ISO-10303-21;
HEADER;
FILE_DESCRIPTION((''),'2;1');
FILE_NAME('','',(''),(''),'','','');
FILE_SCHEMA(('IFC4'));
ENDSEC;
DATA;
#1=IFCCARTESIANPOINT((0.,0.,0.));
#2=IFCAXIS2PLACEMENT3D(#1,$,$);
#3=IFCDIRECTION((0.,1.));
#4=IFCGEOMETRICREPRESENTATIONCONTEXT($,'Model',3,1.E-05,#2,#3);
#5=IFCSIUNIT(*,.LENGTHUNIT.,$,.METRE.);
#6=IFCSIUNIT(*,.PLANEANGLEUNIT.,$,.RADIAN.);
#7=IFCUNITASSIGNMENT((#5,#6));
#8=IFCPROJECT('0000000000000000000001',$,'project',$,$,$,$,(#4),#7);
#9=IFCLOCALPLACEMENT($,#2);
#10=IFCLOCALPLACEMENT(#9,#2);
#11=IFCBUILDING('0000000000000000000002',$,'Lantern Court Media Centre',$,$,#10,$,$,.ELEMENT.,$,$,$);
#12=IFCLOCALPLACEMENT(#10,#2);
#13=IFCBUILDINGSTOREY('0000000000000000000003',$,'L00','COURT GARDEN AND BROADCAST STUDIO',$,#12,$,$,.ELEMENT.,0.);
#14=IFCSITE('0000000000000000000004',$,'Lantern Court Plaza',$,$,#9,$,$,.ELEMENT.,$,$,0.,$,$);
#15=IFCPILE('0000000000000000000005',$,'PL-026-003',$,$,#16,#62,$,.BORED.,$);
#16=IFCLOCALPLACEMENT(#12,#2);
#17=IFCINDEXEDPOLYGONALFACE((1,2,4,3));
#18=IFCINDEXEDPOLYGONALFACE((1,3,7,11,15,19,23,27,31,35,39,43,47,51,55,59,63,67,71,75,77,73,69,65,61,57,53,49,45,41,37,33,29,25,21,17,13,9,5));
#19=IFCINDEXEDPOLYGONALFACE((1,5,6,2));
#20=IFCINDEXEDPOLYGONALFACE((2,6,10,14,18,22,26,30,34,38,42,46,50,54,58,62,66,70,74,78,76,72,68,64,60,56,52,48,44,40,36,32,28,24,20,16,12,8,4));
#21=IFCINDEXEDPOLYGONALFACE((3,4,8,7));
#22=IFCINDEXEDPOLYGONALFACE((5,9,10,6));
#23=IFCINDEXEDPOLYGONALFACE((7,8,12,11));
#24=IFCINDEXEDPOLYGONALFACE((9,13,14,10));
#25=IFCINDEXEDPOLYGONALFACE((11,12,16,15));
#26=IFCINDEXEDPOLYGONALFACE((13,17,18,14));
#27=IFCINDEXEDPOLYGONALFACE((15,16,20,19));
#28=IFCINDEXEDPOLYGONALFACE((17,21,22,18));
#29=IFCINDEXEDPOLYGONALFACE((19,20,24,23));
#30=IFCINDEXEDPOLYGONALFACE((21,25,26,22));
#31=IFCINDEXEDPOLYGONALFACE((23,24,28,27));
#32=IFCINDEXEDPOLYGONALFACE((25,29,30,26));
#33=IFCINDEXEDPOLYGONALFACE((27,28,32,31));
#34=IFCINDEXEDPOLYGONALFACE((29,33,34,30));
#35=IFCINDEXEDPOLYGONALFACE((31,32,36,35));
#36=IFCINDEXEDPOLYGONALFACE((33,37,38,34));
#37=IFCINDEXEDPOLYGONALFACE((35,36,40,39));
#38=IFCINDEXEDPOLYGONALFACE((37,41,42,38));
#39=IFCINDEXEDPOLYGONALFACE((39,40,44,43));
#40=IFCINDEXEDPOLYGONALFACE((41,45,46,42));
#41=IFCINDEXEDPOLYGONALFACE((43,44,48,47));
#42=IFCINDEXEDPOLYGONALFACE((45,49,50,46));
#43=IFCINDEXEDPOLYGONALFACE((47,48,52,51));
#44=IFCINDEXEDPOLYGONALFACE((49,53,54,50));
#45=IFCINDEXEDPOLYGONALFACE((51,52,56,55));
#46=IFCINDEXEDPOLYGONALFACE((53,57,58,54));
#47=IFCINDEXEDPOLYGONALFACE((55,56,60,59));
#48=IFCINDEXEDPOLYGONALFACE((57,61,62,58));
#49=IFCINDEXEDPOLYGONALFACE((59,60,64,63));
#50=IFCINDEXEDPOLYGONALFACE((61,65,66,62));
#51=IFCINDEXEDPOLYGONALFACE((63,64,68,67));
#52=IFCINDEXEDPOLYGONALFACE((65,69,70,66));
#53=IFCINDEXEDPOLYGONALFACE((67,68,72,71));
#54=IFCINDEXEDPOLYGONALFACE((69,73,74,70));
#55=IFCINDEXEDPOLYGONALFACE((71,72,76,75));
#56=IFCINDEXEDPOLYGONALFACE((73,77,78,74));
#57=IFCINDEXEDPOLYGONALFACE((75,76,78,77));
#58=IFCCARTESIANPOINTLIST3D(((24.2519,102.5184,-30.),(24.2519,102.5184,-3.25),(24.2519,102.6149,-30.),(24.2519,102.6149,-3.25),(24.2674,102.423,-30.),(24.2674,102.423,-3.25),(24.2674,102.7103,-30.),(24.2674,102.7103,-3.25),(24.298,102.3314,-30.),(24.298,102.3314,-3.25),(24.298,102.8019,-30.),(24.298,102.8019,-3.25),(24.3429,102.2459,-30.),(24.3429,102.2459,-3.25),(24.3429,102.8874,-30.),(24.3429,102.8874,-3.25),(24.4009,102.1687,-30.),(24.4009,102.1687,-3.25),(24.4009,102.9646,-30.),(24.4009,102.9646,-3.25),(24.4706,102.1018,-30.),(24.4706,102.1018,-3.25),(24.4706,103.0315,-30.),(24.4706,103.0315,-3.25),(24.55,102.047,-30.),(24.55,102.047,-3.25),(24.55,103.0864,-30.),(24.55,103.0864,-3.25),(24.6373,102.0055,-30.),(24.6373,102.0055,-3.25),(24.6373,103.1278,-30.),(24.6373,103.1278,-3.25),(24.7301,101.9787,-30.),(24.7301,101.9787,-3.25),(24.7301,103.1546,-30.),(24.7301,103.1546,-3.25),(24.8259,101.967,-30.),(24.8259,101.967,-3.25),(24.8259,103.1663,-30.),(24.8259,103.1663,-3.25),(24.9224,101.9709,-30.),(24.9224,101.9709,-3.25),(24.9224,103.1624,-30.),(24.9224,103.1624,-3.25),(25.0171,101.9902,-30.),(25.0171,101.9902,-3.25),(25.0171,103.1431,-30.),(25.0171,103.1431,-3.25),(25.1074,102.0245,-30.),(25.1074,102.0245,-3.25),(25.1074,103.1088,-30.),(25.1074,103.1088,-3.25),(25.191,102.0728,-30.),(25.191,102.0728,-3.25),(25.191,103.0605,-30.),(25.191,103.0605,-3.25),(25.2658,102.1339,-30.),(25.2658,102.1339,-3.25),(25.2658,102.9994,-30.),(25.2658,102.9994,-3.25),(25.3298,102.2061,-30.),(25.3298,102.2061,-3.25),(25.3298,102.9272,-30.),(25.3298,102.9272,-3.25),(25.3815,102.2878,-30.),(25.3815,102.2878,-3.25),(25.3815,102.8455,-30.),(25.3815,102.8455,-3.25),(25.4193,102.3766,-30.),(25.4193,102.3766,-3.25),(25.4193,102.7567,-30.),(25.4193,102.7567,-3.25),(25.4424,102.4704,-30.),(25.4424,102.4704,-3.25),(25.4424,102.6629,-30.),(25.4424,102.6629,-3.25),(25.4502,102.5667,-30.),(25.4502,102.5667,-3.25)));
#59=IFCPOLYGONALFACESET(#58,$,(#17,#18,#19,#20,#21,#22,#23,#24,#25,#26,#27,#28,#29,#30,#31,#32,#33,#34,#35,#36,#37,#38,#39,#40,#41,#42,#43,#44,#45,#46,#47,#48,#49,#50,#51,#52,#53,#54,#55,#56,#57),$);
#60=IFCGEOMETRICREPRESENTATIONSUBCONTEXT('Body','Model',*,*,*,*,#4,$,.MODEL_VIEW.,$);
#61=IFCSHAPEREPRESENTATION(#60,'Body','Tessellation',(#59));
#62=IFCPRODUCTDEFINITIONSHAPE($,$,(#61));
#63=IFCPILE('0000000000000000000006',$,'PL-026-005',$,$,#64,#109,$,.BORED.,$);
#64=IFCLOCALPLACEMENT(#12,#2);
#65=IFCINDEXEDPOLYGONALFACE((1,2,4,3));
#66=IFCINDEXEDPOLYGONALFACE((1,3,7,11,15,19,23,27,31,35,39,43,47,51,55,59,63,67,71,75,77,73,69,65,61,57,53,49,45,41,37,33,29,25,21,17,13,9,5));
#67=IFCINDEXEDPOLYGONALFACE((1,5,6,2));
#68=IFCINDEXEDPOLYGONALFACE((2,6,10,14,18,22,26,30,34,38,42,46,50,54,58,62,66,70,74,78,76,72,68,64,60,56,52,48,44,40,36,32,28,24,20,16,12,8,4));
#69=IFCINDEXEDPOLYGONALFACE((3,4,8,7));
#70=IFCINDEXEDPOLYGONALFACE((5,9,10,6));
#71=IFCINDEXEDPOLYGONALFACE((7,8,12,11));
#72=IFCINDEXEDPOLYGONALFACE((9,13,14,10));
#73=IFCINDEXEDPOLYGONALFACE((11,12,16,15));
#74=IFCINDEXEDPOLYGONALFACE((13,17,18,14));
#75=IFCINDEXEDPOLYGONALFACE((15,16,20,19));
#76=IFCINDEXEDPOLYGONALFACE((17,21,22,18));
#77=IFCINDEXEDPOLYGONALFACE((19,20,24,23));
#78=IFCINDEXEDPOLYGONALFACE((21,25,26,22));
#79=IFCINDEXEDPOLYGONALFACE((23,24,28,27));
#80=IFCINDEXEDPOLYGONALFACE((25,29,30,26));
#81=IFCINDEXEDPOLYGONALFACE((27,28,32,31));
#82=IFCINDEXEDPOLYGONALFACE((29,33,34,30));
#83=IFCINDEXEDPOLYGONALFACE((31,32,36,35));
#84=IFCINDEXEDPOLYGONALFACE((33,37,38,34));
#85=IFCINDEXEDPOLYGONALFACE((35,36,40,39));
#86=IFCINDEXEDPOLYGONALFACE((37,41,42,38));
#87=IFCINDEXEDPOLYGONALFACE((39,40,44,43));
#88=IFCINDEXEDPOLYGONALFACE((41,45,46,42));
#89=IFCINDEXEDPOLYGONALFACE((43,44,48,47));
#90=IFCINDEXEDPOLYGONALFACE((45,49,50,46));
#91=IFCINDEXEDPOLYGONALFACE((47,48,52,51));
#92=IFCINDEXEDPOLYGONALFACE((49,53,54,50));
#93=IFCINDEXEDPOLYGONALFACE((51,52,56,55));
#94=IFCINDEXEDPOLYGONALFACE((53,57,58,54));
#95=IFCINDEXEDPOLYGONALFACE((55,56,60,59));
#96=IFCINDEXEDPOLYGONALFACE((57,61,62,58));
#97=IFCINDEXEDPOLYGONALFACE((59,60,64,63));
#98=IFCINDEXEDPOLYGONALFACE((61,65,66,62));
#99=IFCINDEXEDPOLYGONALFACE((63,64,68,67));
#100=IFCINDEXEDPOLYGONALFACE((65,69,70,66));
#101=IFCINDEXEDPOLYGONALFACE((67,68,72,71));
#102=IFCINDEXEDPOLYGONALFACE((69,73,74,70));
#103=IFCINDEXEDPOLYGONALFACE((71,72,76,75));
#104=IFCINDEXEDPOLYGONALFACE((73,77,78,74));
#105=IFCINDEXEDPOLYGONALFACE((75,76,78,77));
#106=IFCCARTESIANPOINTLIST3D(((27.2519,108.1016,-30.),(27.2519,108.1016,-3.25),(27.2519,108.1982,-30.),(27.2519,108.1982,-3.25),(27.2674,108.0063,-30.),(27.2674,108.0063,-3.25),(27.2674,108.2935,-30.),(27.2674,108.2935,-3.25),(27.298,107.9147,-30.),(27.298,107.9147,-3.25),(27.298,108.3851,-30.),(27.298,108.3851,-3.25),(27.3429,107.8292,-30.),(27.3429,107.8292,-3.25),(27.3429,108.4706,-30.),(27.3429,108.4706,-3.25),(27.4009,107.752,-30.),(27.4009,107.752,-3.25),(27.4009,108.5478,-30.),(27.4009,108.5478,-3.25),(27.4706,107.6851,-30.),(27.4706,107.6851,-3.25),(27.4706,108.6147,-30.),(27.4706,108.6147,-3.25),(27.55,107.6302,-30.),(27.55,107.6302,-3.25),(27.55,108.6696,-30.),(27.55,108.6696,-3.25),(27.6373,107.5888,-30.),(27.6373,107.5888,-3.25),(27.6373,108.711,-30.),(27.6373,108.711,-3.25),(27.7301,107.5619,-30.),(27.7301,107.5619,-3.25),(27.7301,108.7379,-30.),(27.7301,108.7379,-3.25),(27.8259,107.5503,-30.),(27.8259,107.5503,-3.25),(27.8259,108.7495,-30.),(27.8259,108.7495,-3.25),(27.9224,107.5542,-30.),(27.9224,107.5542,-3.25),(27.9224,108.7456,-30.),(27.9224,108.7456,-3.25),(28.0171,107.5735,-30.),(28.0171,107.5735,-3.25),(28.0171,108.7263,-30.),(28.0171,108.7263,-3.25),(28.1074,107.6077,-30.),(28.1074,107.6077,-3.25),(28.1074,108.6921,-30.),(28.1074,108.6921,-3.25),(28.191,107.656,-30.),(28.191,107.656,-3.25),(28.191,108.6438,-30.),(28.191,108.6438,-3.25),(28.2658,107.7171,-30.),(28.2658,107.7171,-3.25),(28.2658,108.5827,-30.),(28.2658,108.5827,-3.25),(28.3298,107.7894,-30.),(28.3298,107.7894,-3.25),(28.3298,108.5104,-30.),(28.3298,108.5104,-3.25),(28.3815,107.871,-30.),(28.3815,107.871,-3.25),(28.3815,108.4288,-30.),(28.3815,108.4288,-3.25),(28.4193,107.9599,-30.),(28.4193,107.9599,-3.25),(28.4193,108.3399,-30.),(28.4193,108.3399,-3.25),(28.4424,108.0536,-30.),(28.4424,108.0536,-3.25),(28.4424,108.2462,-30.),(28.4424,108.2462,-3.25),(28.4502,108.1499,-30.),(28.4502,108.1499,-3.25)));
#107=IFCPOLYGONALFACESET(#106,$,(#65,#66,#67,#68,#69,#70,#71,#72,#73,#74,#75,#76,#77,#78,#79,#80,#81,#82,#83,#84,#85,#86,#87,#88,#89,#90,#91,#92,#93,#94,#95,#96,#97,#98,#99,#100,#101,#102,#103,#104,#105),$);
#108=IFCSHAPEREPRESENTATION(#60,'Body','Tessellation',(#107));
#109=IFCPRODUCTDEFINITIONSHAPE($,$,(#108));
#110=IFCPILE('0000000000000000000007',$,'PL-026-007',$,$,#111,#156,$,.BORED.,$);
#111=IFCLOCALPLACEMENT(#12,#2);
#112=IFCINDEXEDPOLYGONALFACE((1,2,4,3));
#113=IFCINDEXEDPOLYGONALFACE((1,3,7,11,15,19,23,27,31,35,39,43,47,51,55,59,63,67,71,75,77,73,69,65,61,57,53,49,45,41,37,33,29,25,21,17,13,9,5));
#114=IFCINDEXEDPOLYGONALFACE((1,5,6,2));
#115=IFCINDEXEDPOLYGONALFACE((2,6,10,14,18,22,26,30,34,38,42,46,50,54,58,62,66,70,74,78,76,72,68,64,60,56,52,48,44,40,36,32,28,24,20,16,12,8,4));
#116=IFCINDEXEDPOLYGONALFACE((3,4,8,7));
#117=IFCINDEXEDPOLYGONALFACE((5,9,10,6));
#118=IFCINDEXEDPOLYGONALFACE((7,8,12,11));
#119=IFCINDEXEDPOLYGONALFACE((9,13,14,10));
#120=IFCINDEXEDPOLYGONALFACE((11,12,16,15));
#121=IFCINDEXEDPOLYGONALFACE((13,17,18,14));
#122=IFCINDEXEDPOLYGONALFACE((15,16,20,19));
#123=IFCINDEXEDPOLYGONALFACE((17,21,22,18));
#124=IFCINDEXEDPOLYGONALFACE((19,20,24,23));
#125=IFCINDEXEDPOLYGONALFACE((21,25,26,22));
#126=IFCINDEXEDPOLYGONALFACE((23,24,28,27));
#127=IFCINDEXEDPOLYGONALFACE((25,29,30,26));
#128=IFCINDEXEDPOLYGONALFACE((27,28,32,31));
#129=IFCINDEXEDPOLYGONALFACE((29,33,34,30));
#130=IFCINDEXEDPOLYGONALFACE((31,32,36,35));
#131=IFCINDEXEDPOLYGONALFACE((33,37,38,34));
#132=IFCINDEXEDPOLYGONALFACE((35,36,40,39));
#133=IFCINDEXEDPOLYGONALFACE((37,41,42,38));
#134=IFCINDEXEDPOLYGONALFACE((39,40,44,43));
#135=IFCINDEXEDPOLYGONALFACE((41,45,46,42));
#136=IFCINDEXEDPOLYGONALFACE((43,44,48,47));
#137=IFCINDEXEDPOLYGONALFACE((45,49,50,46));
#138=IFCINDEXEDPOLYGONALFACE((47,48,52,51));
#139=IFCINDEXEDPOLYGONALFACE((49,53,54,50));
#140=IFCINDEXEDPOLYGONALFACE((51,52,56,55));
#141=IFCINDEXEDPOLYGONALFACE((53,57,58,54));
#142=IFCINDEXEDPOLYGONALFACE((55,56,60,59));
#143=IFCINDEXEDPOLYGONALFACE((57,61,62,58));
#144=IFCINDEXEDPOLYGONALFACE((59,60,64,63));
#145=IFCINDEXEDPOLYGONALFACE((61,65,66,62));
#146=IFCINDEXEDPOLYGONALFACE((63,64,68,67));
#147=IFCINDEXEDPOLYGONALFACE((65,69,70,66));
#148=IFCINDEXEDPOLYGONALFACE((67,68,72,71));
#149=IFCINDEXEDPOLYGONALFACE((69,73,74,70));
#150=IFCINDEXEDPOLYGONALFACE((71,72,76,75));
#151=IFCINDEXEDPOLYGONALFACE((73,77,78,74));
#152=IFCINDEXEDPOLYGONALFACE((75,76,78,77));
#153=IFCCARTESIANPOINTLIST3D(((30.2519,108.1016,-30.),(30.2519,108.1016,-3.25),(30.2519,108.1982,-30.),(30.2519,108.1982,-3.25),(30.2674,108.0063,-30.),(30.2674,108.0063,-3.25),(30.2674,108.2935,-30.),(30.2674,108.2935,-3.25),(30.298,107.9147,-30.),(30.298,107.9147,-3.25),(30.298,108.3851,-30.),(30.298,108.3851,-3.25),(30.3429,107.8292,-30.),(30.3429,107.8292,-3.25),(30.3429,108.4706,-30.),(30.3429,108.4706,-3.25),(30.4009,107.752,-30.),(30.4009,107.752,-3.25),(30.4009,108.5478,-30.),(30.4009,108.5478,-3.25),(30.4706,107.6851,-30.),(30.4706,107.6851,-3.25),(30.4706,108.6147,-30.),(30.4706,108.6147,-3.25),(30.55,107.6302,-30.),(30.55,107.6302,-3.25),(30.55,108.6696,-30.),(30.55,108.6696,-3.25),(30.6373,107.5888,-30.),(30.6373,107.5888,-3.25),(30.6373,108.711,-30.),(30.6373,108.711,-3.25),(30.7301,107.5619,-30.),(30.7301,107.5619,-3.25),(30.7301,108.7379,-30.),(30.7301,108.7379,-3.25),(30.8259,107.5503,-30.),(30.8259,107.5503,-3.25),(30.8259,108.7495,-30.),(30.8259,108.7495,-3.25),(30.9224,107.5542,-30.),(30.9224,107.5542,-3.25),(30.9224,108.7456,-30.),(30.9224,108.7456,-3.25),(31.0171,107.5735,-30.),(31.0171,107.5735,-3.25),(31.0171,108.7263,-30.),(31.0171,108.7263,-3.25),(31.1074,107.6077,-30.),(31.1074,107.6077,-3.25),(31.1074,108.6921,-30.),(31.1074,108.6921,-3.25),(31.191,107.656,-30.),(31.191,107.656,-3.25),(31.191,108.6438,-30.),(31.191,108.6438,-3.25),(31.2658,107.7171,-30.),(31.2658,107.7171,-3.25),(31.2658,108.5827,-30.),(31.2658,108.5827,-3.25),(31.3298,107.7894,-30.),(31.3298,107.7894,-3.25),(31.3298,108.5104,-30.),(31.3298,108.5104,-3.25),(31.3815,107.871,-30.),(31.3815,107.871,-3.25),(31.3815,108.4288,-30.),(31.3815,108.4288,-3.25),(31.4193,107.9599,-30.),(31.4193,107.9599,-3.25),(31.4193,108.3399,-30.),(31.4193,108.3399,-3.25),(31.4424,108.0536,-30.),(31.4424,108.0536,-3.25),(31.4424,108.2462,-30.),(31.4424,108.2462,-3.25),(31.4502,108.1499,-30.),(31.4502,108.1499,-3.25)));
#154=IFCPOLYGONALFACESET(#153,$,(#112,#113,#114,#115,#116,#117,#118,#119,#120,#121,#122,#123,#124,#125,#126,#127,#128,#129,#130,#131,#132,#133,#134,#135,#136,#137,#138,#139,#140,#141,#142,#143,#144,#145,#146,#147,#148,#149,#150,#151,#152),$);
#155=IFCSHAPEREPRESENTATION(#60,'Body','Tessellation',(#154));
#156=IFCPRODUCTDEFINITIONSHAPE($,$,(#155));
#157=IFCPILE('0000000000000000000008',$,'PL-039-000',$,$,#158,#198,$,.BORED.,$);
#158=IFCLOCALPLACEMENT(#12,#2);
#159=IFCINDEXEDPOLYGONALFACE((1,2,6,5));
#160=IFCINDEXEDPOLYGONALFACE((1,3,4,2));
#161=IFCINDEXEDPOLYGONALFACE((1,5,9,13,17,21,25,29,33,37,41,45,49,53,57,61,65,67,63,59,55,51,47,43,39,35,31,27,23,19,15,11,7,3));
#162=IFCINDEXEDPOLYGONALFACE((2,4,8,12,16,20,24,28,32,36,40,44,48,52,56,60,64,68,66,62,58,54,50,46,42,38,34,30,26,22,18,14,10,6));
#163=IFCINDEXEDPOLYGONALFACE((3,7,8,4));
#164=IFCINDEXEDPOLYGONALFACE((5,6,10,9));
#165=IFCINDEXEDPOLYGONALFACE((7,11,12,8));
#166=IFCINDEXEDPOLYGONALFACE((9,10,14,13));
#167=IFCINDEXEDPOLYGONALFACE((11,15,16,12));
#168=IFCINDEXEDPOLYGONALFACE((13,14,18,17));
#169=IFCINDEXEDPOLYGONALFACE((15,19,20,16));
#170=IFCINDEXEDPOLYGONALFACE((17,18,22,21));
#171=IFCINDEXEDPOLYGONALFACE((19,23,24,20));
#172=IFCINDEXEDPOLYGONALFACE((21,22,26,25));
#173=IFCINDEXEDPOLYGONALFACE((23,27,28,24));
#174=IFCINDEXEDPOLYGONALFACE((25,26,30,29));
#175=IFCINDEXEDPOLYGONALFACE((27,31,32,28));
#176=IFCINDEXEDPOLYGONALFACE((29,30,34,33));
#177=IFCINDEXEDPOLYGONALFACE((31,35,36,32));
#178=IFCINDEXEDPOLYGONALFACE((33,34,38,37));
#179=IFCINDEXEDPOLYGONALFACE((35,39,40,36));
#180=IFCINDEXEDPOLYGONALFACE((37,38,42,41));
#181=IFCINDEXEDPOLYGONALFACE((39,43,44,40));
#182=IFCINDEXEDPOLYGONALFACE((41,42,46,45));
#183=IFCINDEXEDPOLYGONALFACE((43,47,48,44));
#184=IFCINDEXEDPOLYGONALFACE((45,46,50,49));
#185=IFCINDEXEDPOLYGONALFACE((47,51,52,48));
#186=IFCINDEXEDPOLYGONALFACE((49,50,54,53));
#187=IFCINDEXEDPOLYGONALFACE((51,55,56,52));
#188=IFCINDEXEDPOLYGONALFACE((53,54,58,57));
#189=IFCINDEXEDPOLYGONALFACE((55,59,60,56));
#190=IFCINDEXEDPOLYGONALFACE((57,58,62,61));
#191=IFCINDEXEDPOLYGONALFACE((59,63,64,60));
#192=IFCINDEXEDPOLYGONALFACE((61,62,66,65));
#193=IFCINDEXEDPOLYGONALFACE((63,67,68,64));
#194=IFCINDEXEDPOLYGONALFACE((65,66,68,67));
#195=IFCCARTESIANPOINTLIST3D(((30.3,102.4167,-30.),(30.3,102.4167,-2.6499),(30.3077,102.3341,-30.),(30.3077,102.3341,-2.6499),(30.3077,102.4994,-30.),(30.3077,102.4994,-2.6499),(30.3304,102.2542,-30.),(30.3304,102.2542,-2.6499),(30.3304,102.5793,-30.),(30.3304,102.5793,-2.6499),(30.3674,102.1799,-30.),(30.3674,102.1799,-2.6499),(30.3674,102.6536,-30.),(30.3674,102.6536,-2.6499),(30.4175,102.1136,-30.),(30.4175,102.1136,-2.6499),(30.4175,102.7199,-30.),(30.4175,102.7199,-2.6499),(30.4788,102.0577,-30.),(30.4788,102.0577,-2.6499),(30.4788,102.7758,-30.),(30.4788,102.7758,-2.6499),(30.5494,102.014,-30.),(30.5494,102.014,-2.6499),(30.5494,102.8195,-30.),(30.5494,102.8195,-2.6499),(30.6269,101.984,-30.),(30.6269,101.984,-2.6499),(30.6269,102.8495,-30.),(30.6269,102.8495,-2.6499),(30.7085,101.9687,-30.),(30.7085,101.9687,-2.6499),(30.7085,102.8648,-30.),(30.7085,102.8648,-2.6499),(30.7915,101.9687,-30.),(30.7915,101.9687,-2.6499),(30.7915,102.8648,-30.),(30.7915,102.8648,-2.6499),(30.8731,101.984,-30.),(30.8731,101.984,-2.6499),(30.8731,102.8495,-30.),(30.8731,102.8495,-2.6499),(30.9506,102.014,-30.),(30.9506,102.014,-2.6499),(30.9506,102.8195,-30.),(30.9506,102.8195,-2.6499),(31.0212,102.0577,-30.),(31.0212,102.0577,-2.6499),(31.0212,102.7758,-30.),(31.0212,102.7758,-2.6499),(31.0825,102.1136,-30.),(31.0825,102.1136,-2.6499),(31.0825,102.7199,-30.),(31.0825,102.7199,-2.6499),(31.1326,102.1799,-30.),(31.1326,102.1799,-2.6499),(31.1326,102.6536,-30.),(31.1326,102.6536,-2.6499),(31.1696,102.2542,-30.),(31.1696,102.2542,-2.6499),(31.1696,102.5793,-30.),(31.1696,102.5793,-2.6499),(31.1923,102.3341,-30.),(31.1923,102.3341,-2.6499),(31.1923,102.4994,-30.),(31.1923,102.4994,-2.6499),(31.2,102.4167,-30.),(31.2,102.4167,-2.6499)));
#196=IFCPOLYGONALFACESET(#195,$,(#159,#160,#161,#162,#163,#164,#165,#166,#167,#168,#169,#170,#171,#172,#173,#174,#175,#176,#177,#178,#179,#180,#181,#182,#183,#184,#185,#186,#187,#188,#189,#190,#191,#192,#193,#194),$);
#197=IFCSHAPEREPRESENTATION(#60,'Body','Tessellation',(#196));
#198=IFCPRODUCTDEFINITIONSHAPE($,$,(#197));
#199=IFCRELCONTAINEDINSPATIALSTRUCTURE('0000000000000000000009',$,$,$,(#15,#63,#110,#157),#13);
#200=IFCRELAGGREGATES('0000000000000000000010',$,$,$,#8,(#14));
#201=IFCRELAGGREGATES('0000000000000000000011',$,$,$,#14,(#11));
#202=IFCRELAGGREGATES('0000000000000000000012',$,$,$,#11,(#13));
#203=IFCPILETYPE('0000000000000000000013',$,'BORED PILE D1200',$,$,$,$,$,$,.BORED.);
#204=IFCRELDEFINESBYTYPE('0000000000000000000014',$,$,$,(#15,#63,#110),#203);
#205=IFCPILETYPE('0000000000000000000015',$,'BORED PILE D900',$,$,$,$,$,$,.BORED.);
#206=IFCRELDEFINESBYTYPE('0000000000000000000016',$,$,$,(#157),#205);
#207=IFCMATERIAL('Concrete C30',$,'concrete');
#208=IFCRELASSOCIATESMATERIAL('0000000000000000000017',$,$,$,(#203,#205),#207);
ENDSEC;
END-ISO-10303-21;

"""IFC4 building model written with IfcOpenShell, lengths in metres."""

from ifc_helpers import new_model, si_unit, direction, frame, origin, origin_2d, place, context, subcontext, project, spatial, circle, extrude, material, material_profile, profile_set, type_object, element, save


model = new_model("IFC4")

# Units and contexts
model_context = context("Model", 3, precision=1e-05, world=origin(), true_north=direction((0.0, 1.0)))
body_context = subcontext(model_context, "Body", "Model", "MODEL_VIEW")
ifc_project = project(units=[si_unit("LENGTHUNIT", "METRE"), si_unit("PLANEANGLEUNIT", "RADIAN")], contexts=[model_context])

# Site, building, storey
site_placement = place(None, origin())
site = spatial("IfcSite", under=ifc_project, at=site_placement, Name="Lantern Court Plaza", CompositionType="ELEMENT", RefElevation=0.0)
building_placement = place(site_placement, origin())
building = spatial("IfcBuilding", under=site, at=building_placement, Name="Lantern Court Media Centre", CompositionType="ELEMENT")
storey_placement = place(building_placement, origin())
storey = spatial("IfcBuildingStorey", under=building, at=storey_placement, Name="L00", Description="COURT GARDEN AND BROADCAST STUDIO", CompositionType="ELEMENT", Elevation=0.0)

# Piles
ifc_material_1 = material(Name="Concrete C30", Category="concrete")
ifc_material_profile_1 = material_profile(ifc_material_1, circle(Radius=0.6001, at=origin_2d()), Name="D1200")
ifc_profile_set_1 = profile_set([ifc_material_profile_1], Name="Concrete C30")
pile_type_1 = type_object("IfcPileType", Name="BORED PILE D1200", PredefinedType="BORED", material=ifc_profile_set_1)
for number, where, z_axis, x_axis, name in (
    (1, (24.8501, 102.5667, -3.25), (0.0, 0.0, -1.0), (1.0, 0.0, 0.0), "PL-026-003"),
    (2, (27.8501, 108.1499, -3.25), (0.0, 0.0, -1.0), (1.0, 0.0, 0.0), "PL-026-005"),
    (3, (30.8501, 108.1499, -3.25), (0.0, 0.0, -1.0), (1.0, 0.0, 0.0), "PL-026-007"),
):
    element("IfcPile", number, at=place(storey_placement, frame(where, z_axis=z_axis, x_axis=x_axis)), inside=storey, type_object=pile_type_1, Name=name, PredefinedType="BORED", context=body_context, shape_type="SweptSolid", body=[
        extrude(circle(Radius=0.6001, at=origin_2d()), origin(), (0.0, 0.0, 1.0), 26.75),
    ])
ifc_material_profile_2 = material_profile(ifc_material_1, circle(Radius=0.45, at=origin_2d()), Name="D900")
ifc_profile_set_2 = profile_set([ifc_material_profile_2], Name="Concrete C30")
pile_type_2 = type_object("IfcPileType", Name="BORED PILE D900", PredefinedType="BORED", material=ifc_profile_set_2)
for number, where, z_axis, x_axis, name in (
    (4, (30.75, 102.4167, -2.6499), (0.0, 0.0, -1.0), (1.0, 0.0, 0.0), "PL-039-000"),
):
    element("IfcPile", number, at=place(storey_placement, frame(where, z_axis=z_axis, x_axis=x_axis)), inside=storey, type_object=pile_type_2, Name=name, PredefinedType="BORED", context=body_context, shape_type="SweptSolid", body=[
        extrude(circle(Radius=0.45, at=origin_2d()), origin(), (0.0, 0.0, 1.0), 27.3501),
    ])

save(model, "model.ifc")
